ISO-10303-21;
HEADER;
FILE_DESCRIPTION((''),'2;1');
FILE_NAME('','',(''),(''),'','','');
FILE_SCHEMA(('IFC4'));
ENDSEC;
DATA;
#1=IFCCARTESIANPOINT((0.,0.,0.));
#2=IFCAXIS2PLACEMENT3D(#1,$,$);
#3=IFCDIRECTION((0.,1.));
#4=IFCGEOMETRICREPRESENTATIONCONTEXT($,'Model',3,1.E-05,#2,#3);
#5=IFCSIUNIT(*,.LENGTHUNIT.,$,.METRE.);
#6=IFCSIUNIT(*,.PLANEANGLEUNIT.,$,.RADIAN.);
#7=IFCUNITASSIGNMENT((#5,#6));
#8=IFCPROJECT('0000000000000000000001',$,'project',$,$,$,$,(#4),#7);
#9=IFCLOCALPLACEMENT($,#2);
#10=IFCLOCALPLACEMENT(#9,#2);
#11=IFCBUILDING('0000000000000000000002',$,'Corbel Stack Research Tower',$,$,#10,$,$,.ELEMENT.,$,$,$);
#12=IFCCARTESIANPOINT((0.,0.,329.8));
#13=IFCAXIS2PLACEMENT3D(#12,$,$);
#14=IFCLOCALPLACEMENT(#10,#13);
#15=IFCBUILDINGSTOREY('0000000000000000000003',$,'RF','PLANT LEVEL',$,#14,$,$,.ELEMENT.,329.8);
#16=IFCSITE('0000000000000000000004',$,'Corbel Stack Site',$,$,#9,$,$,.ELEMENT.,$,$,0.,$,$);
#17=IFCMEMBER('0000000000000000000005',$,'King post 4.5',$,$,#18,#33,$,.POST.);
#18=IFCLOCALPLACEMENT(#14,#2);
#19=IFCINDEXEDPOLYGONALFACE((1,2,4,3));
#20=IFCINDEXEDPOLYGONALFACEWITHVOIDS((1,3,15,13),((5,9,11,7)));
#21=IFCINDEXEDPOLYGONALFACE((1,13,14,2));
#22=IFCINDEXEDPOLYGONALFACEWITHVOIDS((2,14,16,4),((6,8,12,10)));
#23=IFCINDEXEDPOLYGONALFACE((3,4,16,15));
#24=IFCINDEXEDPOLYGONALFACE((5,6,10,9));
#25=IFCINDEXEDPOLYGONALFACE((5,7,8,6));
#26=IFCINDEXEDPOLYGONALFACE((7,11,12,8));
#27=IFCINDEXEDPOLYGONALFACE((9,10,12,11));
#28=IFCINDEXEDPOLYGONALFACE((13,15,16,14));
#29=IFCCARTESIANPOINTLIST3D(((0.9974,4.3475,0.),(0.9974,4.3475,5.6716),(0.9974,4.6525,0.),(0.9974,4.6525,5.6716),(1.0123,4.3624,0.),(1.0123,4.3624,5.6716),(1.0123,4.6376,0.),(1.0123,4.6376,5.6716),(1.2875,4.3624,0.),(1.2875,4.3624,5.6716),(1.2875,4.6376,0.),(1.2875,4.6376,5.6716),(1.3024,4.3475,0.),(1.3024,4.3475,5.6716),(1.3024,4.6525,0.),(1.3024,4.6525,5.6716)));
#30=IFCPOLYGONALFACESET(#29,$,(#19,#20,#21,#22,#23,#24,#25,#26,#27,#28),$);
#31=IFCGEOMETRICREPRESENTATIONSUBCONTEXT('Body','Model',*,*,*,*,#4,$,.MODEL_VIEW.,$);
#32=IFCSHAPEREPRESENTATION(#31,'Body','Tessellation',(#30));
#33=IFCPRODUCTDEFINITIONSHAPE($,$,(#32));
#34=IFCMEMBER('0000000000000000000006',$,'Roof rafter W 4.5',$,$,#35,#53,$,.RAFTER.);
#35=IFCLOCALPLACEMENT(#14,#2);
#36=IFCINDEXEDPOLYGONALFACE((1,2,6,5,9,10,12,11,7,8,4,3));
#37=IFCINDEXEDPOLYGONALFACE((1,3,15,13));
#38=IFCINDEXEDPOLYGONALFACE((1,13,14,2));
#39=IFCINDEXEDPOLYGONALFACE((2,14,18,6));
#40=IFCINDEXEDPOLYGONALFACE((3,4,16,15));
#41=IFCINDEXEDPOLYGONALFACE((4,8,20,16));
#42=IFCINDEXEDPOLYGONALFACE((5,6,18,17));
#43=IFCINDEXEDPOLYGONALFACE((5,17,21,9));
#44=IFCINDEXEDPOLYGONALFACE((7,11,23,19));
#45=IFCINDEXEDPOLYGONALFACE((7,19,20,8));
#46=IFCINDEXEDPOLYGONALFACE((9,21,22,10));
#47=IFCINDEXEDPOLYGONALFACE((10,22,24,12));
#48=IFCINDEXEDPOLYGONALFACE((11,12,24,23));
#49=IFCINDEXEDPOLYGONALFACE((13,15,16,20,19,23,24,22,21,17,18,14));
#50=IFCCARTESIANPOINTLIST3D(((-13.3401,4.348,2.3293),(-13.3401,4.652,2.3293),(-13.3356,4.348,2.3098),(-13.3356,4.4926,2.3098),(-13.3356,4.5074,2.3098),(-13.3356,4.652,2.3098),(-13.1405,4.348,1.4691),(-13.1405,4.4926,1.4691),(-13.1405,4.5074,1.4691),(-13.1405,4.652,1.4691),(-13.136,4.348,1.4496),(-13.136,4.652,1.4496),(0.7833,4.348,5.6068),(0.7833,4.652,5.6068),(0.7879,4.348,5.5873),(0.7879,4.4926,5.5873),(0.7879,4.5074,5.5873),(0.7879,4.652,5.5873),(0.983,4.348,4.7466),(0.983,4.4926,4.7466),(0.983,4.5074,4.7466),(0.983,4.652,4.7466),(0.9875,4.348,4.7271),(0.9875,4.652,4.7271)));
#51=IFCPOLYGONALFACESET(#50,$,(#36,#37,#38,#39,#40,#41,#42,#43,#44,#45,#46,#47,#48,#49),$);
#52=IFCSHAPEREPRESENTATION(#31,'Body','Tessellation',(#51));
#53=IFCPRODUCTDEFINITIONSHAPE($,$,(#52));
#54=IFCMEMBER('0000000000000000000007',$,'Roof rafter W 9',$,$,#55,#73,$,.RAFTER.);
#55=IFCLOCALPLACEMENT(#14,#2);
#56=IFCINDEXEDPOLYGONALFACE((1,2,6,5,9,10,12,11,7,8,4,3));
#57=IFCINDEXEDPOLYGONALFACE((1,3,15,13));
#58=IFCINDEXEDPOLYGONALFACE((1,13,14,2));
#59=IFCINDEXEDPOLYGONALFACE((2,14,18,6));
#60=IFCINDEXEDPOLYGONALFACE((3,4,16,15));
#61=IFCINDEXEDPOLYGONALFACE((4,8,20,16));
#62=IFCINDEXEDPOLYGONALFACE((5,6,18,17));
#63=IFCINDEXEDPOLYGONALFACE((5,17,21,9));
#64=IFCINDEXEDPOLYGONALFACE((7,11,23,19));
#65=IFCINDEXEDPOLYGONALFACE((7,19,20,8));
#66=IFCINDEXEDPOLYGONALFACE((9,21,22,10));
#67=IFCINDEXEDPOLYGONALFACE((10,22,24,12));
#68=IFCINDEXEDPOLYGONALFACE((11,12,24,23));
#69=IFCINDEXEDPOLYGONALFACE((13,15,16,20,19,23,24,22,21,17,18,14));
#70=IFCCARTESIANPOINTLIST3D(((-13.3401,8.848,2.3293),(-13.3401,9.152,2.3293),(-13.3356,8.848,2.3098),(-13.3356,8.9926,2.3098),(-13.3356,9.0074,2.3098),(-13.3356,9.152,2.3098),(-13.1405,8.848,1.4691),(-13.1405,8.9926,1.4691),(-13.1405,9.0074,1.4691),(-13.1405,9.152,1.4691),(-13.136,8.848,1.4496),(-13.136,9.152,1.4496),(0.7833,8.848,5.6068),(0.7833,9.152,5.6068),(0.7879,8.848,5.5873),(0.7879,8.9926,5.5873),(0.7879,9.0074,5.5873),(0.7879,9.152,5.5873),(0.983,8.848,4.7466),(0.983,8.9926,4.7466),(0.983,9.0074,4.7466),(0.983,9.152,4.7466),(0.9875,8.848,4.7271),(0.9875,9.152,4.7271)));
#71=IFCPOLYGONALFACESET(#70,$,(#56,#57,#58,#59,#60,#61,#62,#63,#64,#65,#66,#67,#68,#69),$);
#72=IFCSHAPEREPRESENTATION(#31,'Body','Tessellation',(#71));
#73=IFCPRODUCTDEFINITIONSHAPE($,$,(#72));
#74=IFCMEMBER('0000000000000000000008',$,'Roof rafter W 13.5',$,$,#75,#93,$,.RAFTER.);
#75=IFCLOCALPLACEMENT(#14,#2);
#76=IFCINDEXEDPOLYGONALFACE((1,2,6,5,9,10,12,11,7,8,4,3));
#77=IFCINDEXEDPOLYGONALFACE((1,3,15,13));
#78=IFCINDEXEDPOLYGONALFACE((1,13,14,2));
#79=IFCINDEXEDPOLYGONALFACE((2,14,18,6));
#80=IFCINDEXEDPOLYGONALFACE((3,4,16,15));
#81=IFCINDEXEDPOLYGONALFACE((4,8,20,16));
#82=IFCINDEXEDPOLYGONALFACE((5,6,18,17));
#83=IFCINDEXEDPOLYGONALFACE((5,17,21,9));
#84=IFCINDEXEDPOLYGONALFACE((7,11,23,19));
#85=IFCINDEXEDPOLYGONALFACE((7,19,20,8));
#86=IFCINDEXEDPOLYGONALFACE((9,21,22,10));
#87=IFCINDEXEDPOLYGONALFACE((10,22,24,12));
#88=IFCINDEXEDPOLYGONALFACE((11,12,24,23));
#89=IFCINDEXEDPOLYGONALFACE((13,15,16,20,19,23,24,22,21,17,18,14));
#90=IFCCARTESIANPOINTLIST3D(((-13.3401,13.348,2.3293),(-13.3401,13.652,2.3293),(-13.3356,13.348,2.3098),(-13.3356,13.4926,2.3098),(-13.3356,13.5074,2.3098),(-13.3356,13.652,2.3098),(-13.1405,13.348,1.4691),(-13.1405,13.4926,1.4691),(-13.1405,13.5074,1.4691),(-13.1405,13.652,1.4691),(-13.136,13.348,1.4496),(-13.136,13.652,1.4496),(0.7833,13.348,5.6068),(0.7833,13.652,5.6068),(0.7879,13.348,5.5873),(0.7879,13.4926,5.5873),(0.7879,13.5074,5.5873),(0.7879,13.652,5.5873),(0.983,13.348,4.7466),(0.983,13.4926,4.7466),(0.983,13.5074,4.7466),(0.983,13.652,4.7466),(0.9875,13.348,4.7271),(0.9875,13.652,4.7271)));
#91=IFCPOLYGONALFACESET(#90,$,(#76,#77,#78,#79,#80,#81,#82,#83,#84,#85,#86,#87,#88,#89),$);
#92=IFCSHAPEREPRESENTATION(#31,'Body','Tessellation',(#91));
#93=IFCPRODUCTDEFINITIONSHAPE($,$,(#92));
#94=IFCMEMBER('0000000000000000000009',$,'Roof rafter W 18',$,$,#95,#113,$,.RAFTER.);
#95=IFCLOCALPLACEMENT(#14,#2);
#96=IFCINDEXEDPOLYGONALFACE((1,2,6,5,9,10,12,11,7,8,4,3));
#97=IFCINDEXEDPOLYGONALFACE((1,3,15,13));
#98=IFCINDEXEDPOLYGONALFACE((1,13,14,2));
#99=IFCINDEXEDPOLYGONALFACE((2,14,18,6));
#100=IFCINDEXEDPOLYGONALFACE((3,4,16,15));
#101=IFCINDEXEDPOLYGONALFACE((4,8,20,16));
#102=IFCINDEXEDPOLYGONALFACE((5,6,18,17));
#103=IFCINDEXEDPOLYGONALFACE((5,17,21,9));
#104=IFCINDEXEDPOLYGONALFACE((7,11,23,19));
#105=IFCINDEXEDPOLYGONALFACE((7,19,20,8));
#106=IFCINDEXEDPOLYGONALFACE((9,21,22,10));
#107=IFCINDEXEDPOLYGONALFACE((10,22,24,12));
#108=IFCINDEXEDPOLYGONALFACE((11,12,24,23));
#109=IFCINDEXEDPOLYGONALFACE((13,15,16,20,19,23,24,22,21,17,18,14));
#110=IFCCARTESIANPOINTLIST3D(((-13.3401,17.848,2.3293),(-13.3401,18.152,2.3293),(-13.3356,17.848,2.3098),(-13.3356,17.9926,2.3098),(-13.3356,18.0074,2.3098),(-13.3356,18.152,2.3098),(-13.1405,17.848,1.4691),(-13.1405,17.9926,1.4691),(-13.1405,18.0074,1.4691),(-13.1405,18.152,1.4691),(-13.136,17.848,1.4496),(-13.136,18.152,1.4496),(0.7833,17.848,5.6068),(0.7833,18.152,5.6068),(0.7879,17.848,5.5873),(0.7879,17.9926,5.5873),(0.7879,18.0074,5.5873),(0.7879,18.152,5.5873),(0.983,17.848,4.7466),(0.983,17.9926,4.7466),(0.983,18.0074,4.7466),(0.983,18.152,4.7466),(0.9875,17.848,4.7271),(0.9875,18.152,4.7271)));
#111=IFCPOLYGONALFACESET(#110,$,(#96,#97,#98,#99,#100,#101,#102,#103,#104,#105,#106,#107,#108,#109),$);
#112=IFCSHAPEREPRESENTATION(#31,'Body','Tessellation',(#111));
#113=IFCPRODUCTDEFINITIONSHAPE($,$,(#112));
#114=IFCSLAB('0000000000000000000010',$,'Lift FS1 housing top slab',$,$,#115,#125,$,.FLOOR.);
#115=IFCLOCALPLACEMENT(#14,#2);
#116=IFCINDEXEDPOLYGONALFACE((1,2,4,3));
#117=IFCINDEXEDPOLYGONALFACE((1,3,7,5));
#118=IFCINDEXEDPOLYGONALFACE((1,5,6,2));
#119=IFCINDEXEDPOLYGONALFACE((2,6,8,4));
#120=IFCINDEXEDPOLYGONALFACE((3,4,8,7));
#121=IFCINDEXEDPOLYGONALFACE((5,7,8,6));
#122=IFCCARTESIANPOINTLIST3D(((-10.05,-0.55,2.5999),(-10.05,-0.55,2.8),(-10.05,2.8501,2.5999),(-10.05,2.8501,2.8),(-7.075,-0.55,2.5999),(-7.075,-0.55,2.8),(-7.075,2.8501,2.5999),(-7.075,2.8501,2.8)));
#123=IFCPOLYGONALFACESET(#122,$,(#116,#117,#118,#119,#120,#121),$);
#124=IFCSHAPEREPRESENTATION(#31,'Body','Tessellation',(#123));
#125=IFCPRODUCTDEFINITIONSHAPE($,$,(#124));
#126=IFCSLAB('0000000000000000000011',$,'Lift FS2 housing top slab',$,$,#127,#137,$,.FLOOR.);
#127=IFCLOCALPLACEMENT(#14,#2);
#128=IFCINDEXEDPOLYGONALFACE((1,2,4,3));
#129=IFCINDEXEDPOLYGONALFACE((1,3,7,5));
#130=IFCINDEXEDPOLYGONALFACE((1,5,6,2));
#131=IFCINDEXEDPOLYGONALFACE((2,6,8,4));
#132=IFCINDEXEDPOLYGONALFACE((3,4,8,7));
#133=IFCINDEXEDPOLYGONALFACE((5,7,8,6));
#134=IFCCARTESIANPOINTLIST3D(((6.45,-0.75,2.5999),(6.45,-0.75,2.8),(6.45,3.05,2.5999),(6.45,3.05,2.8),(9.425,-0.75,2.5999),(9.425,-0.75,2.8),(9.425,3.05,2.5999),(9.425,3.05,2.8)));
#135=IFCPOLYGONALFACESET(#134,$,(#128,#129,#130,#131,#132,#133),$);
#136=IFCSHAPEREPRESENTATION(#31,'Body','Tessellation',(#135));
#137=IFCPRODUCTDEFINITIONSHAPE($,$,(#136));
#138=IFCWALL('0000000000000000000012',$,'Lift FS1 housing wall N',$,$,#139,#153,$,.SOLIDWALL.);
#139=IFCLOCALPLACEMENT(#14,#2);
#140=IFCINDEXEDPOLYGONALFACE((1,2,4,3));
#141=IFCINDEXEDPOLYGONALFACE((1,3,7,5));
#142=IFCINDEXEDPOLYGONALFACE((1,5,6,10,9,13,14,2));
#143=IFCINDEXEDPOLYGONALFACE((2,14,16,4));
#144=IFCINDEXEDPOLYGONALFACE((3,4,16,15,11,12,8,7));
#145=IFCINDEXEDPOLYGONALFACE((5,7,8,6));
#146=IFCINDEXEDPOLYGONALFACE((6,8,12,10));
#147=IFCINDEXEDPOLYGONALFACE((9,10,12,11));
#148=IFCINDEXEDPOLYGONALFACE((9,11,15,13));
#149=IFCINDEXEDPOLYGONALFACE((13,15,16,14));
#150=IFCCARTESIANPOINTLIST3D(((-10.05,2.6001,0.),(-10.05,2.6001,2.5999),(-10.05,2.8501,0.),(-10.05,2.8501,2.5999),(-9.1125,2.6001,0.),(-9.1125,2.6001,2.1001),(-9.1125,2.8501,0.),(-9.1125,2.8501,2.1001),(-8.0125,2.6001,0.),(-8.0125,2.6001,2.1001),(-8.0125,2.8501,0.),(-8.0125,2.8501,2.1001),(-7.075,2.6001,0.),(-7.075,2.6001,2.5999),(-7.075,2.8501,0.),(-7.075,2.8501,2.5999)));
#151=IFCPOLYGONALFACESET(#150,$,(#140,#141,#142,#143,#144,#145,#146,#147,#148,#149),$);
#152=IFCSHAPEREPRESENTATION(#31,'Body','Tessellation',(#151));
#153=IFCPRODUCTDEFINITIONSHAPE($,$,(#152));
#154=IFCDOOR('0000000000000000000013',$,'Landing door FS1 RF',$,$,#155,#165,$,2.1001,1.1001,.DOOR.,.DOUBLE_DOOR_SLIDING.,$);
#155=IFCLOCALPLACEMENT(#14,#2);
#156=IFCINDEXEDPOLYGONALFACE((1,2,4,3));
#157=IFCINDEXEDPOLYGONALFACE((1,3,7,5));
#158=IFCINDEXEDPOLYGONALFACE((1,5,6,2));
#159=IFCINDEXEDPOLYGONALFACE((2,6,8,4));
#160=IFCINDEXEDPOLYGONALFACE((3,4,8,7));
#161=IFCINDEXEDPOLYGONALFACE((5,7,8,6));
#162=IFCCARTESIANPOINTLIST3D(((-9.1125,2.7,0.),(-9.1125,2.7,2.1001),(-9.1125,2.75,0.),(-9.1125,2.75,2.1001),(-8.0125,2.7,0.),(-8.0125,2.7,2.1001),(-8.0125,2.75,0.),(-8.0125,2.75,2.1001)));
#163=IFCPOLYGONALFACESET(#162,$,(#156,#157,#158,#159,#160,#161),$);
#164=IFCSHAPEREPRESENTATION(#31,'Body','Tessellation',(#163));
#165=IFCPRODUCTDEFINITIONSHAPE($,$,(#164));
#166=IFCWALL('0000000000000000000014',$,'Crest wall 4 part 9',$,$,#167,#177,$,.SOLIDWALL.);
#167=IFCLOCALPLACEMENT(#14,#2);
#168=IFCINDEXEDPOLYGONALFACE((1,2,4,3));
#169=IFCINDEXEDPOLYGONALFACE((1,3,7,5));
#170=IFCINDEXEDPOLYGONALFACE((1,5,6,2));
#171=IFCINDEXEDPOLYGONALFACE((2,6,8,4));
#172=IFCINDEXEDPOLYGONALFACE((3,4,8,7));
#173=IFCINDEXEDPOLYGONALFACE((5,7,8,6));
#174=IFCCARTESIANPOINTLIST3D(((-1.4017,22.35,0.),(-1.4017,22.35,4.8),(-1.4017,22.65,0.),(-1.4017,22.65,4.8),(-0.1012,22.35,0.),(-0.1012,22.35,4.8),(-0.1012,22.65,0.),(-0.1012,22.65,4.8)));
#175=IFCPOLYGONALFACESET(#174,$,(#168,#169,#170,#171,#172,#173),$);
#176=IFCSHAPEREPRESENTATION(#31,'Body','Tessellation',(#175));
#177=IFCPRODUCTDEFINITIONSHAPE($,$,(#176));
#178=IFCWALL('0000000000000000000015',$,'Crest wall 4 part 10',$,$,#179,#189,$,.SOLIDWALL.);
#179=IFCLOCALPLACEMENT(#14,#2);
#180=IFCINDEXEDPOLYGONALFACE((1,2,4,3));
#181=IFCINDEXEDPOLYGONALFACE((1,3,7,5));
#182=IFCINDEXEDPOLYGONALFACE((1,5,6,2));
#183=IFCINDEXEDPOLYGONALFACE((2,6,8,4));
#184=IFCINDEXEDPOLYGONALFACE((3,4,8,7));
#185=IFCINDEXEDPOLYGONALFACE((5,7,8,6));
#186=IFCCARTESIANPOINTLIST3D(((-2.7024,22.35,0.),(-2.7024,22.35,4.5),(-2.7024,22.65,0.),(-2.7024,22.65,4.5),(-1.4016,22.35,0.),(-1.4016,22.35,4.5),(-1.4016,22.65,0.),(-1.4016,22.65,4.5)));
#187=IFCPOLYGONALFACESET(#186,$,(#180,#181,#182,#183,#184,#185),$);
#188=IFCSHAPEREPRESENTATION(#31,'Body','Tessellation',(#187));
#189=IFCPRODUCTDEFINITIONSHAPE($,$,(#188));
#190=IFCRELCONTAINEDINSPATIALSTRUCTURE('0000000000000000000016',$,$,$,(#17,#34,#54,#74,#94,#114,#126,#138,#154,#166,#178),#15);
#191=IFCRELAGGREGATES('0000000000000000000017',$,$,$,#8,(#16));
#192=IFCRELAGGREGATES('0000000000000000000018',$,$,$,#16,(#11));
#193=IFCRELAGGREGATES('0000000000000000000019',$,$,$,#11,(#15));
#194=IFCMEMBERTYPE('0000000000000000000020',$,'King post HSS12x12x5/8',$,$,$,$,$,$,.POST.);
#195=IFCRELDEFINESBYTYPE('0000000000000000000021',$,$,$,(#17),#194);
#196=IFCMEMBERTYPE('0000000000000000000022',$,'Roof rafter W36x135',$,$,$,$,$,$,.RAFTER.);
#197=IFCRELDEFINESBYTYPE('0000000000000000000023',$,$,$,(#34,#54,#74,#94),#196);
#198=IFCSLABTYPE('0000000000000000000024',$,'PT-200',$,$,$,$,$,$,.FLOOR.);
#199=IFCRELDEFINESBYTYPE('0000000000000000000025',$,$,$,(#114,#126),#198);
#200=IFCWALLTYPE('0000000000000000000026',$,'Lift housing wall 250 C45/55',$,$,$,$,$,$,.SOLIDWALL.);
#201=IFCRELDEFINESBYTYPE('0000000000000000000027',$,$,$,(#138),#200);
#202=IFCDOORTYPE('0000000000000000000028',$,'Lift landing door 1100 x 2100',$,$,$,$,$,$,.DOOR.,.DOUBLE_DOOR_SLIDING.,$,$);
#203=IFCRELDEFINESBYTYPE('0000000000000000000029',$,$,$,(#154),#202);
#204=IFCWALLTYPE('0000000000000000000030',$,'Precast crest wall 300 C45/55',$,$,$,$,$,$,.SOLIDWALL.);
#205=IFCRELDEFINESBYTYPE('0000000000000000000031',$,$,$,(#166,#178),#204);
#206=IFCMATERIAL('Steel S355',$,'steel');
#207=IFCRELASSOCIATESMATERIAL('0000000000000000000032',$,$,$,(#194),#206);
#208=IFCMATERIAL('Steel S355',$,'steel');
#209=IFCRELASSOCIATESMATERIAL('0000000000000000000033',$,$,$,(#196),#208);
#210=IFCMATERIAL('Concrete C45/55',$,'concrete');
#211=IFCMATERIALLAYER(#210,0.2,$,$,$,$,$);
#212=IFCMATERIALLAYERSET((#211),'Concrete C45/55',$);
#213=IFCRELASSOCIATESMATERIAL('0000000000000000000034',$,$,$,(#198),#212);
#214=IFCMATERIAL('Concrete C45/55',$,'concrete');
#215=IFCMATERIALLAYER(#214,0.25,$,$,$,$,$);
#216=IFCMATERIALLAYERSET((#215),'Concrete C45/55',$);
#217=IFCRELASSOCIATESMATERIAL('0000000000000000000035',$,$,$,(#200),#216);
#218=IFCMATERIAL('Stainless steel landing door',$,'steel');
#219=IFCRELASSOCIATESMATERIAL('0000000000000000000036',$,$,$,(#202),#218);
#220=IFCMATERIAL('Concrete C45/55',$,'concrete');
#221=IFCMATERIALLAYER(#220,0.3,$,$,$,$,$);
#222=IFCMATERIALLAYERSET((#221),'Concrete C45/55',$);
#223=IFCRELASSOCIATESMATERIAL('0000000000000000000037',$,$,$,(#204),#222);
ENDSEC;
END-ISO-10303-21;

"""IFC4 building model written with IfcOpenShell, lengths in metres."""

from ifc_helpers import new_model, si_unit, direction, frame, frame_2d, origin, origin_2d, place, context, subcontext, project, spatial, polyline, rectangle, hollow_rectangle, i_section, outline, extrude, material, layer, layer_set, material_profile, profile_set, type_object, element, fill, save


model = new_model("IFC4")

# Units and contexts
model_context = context("Model", 3, precision=1e-05, world=origin(), true_north=direction((0.0, 1.0)))
body_context = subcontext(model_context, "Body", "Model", "MODEL_VIEW")
ifc_project = project(units=[si_unit("LENGTHUNIT", "METRE"), si_unit("PLANEANGLEUNIT", "RADIAN")], contexts=[model_context])

# Site, building, storey
site_placement = place(None, origin())
site = spatial("IfcSite", under=ifc_project, at=site_placement, Name="Corbel Stack Site", CompositionType="ELEMENT", RefElevation=0.0)
building_placement = place(site_placement, origin())
building = spatial("IfcBuilding", under=site, at=building_placement, Name="Corbel Stack Research Tower", CompositionType="ELEMENT")
storey_placement = place(building_placement, frame((0.0, 0.0, 329.8)))
storey = spatial("IfcBuildingStorey", under=building, at=storey_placement, Name="RF", Description="PLANT LEVEL", CompositionType="ELEMENT", Elevation=329.8)

# Members
ifc_material_1 = material(Name="Steel S355", Category="steel")
ifc_material_profile_1 = material_profile(ifc_material_1, hollow_rectangle(XDim=0.3049, YDim=0.3049, WallThickness=0.0149, at=origin_2d()), Name="HSS12x12x5/8")
ifc_profile_set_1 = profile_set([ifc_material_profile_1], Name="Steel S355")
member_type_1 = type_object("IfcMemberType", Name="King post HSS12x12x5/8", PredefinedType="POST", material=ifc_profile_set_1)
member_placement = place(storey_placement, frame((1.1499, 4.5, 0.0), z_axis=(0.0, 0.0, 1.0), x_axis=(1.0, 0.0, 0.0)))
element("IfcMember", 1, at=member_placement, inside=storey, type_object=member_type_1, Name="King post 4.5", PredefinedType="POST", context=body_context, shape_type="SweptSolid", body=[
    extrude(hollow_rectangle(XDim=0.3049, YDim=0.3049, WallThickness=0.0149, at=origin_2d()), origin(), (0.0, 0.0, 1.0), 5.6716),
])
ifc_material_2 = material(Name="Steel S355", Category="steel")
ifc_material_profile_2 = material_profile(ifc_material_2, i_section(OverallWidth=0.304, OverallDepth=0.9031, WebThickness=0.0149, FlangeThickness=0.02, at=origin_2d()), Name="W36x135")
ifc_profile_set_2 = profile_set([ifc_material_profile_2], Name="Steel S355")
member_type_2 = type_object("IfcMemberType", Name="Roof rafter W36x135", PredefinedType="RAFTER", material=ifc_profile_set_2)
for number, where, z_axis, x_axis, name in (
    (2, (-13.238, 4.5, 1.8894), (0.974114, 0.0, 0.226058), (0.0, 1.0, 0.0), "Roof rafter W 4.5"),
    (3, (-13.238, 9.0, 1.8894), (0.974114, 0.0, 0.226058), (0.0, 1.0, 0.0), "Roof rafter W 9"),
    (4, (-13.238, 13.5, 1.8894), (0.974114, 0.0, 0.226058), (0.0, 1.0, 0.0), "Roof rafter W 13.5"),
    (5, (-13.238, 18.0, 1.8894), (0.974114, 0.0, 0.226058), (0.0, 1.0, 0.0), "Roof rafter W 18"),
):
    element("IfcMember", number, at=place(storey_placement, frame(where, z_axis=z_axis, x_axis=x_axis)), inside=storey, type_object=member_type_2, Name=name, PredefinedType="RAFTER", context=body_context, shape_type="SweptSolid", body=[
        extrude(i_section(OverallWidth=0.304, OverallDepth=0.9031, WebThickness=0.0149, FlangeThickness=0.02, at=origin_2d()), origin(), (0.0, 0.0, 1.0), 14.4988),
    ])

# Slabs
ifc_material_3 = material(Name="Concrete C45/55", Category="concrete")
ifc_layer_1 = layer(ifc_material_3, 0.2)
ifc_layer_set_1 = layer_set([ifc_layer_1], Name="Concrete C45/55")
slab_type = type_object("IfcSlabType", Name="PT-200", PredefinedType="FLOOR", material=ifc_layer_set_1)
slab_1_placement = place(storey_placement, frame((0.0, 0.0, 2.5999)))
element("IfcSlab", 6, at=slab_1_placement, inside=storey, type_object=slab_type, Name="Lift FS1 housing top slab", PredefinedType="FLOOR", context=body_context, shape_type="SweptSolid", body=[
    extrude(outline(polyline([(-7.075, -0.55), (-7.075, 2.8501), (-10.05, 2.8501), (-10.05, -0.55), (-7.075, -0.55)])), origin(), (0.0, 0.0, 1.0), 0.2002),
])
slab_2_placement = place(storey_placement, frame((0.0, 0.0, 2.5999)))
element("IfcSlab", 7, at=slab_2_placement, inside=storey, type_object=slab_type, Name="Lift FS2 housing top slab", PredefinedType="FLOOR", context=body_context, shape_type="SweptSolid", body=[
    extrude(outline(polyline([(9.425, -0.75), (9.425, 3.05), (6.45, 3.05), (6.45, -0.75), (9.425, -0.75)])), origin(), (0.0, 0.0, 1.0), 0.2002),
])

# Wall, opening, door
ifc_material_4 = material(Name="Concrete C45/55", Category="concrete")
ifc_layer_2 = layer(ifc_material_4, 0.25)
ifc_layer_set_2 = layer_set([ifc_layer_2], Name="Concrete C45/55")
wall_type_1 = type_object("IfcWallType", Name="Lift housing wall 250 C45/55", PredefinedType="SOLIDWALL", material=ifc_layer_set_2)
wall_1_placement = place(storey_placement, frame((-10.05, 2.7251, 0.0), z_axis=(0.0, 0.0, 1.0), x_axis=(1.0, 0.0, 0.0)))
wall_1 = element("IfcWall", 8, at=wall_1_placement, inside=storey, type_object=wall_type_1, Name="Lift FS1 housing wall N", PredefinedType="SOLIDWALL", context=body_context, shape_type="SweptSolid", body=[
    extrude(rectangle(XDim=2.9751, YDim=0.25, at=frame_2d((1.4875, 0.0))), origin(), (0.0, 0.0, 1.0), 2.5999),
])
opening_1_placement = place(wall_1_placement, frame((0.9375, 0.0, 0.0)))
opening_1 = element("IfcOpeningElement", 9, at=opening_1_placement, cuts=wall_1, PredefinedType="OPENING", context=body_context, shape_type="SweptSolid", body=[
    extrude(rectangle(XDim=1.1001, YDim=2.1001, at=frame_2d((0.55, 1.05))), frame((0.0, 0.135, 0.0), z_axis=(0.0, -1.0, 0.0), x_axis=(1.0, 0.0, 0.0)), (0.0, 0.0, 1.0), 0.27),
])
ifc_material_5 = material(Name="Stainless steel landing door", Category="steel")
door_type_1 = type_object("IfcDoorType", Name="Lift landing door 1100 x 2100", OperationType="DOUBLE_DOOR_SLIDING", PredefinedType="DOOR", material=ifc_material_5)
door_1_placement = place(opening_1_placement, origin())
door_1 = element("IfcDoor", 10, at=door_1_placement, inside=storey, type_object=door_type_1, Name="Landing door FS1 RF", OperationType="DOUBLE_DOOR_SLIDING", OverallHeight=2.1001, OverallWidth=1.1001, PredefinedType="DOOR", context=body_context, shape_type="SweptSolid", body=[
    extrude(rectangle(XDim=1.1001, YDim=2.1001, at=frame_2d((0.55, 1.05))), frame((0.0, 0.0249, 0.0), z_axis=(0.0, -1.0, 0.0), x_axis=(1.0, 0.0, 0.0)), (0.0, 0.0, 1.0), 0.05),
])
fill(opening_1, door_1)

# Walls
ifc_material_6 = material(Name="Concrete C45/55", Category="concrete")
ifc_layer_3 = layer(ifc_material_6, 0.3)
ifc_layer_set_3 = layer_set([ifc_layer_3], Name="Concrete C45/55")
wall_type_2 = type_object("IfcWallType", Name="Precast crest wall 300 C45/55", PredefinedType="SOLIDWALL", material=ifc_layer_set_3)
wall_2_placement = place(storey_placement, frame((-0.1011, 22.5, 0.0), z_axis=(0.0, 0.0, 1.0), x_axis=(-1.0, 0.0, 0.0)))
element("IfcWall", 11, at=wall_2_placement, inside=storey, type_object=wall_type_2, Name="Crest wall 4 part 9", PredefinedType="SOLIDWALL", context=body_context, shape_type="SweptSolid", body=[
    extrude(rectangle(XDim=1.3005, YDim=0.3, at=frame_2d((0.6504, 0.0))), origin(), (0.0, 0.0, 1.0), 4.8),
])
wall_3_placement = place(storey_placement, frame((-1.4016, 22.5, 0.0), z_axis=(0.0, 0.0, 1.0), x_axis=(-1.0, 0.0, 0.0)))
element("IfcWall", 12, at=wall_3_placement, inside=storey, type_object=wall_type_2, Name="Crest wall 4 part 10", PredefinedType="SOLIDWALL", context=body_context, shape_type="SweptSolid", body=[
    extrude(rectangle(XDim=1.3008, YDim=0.3, at=frame_2d((0.6504, 0.0))), origin(), (0.0, 0.0, 1.0), 4.5),
])

save(model, "model.ifc")
